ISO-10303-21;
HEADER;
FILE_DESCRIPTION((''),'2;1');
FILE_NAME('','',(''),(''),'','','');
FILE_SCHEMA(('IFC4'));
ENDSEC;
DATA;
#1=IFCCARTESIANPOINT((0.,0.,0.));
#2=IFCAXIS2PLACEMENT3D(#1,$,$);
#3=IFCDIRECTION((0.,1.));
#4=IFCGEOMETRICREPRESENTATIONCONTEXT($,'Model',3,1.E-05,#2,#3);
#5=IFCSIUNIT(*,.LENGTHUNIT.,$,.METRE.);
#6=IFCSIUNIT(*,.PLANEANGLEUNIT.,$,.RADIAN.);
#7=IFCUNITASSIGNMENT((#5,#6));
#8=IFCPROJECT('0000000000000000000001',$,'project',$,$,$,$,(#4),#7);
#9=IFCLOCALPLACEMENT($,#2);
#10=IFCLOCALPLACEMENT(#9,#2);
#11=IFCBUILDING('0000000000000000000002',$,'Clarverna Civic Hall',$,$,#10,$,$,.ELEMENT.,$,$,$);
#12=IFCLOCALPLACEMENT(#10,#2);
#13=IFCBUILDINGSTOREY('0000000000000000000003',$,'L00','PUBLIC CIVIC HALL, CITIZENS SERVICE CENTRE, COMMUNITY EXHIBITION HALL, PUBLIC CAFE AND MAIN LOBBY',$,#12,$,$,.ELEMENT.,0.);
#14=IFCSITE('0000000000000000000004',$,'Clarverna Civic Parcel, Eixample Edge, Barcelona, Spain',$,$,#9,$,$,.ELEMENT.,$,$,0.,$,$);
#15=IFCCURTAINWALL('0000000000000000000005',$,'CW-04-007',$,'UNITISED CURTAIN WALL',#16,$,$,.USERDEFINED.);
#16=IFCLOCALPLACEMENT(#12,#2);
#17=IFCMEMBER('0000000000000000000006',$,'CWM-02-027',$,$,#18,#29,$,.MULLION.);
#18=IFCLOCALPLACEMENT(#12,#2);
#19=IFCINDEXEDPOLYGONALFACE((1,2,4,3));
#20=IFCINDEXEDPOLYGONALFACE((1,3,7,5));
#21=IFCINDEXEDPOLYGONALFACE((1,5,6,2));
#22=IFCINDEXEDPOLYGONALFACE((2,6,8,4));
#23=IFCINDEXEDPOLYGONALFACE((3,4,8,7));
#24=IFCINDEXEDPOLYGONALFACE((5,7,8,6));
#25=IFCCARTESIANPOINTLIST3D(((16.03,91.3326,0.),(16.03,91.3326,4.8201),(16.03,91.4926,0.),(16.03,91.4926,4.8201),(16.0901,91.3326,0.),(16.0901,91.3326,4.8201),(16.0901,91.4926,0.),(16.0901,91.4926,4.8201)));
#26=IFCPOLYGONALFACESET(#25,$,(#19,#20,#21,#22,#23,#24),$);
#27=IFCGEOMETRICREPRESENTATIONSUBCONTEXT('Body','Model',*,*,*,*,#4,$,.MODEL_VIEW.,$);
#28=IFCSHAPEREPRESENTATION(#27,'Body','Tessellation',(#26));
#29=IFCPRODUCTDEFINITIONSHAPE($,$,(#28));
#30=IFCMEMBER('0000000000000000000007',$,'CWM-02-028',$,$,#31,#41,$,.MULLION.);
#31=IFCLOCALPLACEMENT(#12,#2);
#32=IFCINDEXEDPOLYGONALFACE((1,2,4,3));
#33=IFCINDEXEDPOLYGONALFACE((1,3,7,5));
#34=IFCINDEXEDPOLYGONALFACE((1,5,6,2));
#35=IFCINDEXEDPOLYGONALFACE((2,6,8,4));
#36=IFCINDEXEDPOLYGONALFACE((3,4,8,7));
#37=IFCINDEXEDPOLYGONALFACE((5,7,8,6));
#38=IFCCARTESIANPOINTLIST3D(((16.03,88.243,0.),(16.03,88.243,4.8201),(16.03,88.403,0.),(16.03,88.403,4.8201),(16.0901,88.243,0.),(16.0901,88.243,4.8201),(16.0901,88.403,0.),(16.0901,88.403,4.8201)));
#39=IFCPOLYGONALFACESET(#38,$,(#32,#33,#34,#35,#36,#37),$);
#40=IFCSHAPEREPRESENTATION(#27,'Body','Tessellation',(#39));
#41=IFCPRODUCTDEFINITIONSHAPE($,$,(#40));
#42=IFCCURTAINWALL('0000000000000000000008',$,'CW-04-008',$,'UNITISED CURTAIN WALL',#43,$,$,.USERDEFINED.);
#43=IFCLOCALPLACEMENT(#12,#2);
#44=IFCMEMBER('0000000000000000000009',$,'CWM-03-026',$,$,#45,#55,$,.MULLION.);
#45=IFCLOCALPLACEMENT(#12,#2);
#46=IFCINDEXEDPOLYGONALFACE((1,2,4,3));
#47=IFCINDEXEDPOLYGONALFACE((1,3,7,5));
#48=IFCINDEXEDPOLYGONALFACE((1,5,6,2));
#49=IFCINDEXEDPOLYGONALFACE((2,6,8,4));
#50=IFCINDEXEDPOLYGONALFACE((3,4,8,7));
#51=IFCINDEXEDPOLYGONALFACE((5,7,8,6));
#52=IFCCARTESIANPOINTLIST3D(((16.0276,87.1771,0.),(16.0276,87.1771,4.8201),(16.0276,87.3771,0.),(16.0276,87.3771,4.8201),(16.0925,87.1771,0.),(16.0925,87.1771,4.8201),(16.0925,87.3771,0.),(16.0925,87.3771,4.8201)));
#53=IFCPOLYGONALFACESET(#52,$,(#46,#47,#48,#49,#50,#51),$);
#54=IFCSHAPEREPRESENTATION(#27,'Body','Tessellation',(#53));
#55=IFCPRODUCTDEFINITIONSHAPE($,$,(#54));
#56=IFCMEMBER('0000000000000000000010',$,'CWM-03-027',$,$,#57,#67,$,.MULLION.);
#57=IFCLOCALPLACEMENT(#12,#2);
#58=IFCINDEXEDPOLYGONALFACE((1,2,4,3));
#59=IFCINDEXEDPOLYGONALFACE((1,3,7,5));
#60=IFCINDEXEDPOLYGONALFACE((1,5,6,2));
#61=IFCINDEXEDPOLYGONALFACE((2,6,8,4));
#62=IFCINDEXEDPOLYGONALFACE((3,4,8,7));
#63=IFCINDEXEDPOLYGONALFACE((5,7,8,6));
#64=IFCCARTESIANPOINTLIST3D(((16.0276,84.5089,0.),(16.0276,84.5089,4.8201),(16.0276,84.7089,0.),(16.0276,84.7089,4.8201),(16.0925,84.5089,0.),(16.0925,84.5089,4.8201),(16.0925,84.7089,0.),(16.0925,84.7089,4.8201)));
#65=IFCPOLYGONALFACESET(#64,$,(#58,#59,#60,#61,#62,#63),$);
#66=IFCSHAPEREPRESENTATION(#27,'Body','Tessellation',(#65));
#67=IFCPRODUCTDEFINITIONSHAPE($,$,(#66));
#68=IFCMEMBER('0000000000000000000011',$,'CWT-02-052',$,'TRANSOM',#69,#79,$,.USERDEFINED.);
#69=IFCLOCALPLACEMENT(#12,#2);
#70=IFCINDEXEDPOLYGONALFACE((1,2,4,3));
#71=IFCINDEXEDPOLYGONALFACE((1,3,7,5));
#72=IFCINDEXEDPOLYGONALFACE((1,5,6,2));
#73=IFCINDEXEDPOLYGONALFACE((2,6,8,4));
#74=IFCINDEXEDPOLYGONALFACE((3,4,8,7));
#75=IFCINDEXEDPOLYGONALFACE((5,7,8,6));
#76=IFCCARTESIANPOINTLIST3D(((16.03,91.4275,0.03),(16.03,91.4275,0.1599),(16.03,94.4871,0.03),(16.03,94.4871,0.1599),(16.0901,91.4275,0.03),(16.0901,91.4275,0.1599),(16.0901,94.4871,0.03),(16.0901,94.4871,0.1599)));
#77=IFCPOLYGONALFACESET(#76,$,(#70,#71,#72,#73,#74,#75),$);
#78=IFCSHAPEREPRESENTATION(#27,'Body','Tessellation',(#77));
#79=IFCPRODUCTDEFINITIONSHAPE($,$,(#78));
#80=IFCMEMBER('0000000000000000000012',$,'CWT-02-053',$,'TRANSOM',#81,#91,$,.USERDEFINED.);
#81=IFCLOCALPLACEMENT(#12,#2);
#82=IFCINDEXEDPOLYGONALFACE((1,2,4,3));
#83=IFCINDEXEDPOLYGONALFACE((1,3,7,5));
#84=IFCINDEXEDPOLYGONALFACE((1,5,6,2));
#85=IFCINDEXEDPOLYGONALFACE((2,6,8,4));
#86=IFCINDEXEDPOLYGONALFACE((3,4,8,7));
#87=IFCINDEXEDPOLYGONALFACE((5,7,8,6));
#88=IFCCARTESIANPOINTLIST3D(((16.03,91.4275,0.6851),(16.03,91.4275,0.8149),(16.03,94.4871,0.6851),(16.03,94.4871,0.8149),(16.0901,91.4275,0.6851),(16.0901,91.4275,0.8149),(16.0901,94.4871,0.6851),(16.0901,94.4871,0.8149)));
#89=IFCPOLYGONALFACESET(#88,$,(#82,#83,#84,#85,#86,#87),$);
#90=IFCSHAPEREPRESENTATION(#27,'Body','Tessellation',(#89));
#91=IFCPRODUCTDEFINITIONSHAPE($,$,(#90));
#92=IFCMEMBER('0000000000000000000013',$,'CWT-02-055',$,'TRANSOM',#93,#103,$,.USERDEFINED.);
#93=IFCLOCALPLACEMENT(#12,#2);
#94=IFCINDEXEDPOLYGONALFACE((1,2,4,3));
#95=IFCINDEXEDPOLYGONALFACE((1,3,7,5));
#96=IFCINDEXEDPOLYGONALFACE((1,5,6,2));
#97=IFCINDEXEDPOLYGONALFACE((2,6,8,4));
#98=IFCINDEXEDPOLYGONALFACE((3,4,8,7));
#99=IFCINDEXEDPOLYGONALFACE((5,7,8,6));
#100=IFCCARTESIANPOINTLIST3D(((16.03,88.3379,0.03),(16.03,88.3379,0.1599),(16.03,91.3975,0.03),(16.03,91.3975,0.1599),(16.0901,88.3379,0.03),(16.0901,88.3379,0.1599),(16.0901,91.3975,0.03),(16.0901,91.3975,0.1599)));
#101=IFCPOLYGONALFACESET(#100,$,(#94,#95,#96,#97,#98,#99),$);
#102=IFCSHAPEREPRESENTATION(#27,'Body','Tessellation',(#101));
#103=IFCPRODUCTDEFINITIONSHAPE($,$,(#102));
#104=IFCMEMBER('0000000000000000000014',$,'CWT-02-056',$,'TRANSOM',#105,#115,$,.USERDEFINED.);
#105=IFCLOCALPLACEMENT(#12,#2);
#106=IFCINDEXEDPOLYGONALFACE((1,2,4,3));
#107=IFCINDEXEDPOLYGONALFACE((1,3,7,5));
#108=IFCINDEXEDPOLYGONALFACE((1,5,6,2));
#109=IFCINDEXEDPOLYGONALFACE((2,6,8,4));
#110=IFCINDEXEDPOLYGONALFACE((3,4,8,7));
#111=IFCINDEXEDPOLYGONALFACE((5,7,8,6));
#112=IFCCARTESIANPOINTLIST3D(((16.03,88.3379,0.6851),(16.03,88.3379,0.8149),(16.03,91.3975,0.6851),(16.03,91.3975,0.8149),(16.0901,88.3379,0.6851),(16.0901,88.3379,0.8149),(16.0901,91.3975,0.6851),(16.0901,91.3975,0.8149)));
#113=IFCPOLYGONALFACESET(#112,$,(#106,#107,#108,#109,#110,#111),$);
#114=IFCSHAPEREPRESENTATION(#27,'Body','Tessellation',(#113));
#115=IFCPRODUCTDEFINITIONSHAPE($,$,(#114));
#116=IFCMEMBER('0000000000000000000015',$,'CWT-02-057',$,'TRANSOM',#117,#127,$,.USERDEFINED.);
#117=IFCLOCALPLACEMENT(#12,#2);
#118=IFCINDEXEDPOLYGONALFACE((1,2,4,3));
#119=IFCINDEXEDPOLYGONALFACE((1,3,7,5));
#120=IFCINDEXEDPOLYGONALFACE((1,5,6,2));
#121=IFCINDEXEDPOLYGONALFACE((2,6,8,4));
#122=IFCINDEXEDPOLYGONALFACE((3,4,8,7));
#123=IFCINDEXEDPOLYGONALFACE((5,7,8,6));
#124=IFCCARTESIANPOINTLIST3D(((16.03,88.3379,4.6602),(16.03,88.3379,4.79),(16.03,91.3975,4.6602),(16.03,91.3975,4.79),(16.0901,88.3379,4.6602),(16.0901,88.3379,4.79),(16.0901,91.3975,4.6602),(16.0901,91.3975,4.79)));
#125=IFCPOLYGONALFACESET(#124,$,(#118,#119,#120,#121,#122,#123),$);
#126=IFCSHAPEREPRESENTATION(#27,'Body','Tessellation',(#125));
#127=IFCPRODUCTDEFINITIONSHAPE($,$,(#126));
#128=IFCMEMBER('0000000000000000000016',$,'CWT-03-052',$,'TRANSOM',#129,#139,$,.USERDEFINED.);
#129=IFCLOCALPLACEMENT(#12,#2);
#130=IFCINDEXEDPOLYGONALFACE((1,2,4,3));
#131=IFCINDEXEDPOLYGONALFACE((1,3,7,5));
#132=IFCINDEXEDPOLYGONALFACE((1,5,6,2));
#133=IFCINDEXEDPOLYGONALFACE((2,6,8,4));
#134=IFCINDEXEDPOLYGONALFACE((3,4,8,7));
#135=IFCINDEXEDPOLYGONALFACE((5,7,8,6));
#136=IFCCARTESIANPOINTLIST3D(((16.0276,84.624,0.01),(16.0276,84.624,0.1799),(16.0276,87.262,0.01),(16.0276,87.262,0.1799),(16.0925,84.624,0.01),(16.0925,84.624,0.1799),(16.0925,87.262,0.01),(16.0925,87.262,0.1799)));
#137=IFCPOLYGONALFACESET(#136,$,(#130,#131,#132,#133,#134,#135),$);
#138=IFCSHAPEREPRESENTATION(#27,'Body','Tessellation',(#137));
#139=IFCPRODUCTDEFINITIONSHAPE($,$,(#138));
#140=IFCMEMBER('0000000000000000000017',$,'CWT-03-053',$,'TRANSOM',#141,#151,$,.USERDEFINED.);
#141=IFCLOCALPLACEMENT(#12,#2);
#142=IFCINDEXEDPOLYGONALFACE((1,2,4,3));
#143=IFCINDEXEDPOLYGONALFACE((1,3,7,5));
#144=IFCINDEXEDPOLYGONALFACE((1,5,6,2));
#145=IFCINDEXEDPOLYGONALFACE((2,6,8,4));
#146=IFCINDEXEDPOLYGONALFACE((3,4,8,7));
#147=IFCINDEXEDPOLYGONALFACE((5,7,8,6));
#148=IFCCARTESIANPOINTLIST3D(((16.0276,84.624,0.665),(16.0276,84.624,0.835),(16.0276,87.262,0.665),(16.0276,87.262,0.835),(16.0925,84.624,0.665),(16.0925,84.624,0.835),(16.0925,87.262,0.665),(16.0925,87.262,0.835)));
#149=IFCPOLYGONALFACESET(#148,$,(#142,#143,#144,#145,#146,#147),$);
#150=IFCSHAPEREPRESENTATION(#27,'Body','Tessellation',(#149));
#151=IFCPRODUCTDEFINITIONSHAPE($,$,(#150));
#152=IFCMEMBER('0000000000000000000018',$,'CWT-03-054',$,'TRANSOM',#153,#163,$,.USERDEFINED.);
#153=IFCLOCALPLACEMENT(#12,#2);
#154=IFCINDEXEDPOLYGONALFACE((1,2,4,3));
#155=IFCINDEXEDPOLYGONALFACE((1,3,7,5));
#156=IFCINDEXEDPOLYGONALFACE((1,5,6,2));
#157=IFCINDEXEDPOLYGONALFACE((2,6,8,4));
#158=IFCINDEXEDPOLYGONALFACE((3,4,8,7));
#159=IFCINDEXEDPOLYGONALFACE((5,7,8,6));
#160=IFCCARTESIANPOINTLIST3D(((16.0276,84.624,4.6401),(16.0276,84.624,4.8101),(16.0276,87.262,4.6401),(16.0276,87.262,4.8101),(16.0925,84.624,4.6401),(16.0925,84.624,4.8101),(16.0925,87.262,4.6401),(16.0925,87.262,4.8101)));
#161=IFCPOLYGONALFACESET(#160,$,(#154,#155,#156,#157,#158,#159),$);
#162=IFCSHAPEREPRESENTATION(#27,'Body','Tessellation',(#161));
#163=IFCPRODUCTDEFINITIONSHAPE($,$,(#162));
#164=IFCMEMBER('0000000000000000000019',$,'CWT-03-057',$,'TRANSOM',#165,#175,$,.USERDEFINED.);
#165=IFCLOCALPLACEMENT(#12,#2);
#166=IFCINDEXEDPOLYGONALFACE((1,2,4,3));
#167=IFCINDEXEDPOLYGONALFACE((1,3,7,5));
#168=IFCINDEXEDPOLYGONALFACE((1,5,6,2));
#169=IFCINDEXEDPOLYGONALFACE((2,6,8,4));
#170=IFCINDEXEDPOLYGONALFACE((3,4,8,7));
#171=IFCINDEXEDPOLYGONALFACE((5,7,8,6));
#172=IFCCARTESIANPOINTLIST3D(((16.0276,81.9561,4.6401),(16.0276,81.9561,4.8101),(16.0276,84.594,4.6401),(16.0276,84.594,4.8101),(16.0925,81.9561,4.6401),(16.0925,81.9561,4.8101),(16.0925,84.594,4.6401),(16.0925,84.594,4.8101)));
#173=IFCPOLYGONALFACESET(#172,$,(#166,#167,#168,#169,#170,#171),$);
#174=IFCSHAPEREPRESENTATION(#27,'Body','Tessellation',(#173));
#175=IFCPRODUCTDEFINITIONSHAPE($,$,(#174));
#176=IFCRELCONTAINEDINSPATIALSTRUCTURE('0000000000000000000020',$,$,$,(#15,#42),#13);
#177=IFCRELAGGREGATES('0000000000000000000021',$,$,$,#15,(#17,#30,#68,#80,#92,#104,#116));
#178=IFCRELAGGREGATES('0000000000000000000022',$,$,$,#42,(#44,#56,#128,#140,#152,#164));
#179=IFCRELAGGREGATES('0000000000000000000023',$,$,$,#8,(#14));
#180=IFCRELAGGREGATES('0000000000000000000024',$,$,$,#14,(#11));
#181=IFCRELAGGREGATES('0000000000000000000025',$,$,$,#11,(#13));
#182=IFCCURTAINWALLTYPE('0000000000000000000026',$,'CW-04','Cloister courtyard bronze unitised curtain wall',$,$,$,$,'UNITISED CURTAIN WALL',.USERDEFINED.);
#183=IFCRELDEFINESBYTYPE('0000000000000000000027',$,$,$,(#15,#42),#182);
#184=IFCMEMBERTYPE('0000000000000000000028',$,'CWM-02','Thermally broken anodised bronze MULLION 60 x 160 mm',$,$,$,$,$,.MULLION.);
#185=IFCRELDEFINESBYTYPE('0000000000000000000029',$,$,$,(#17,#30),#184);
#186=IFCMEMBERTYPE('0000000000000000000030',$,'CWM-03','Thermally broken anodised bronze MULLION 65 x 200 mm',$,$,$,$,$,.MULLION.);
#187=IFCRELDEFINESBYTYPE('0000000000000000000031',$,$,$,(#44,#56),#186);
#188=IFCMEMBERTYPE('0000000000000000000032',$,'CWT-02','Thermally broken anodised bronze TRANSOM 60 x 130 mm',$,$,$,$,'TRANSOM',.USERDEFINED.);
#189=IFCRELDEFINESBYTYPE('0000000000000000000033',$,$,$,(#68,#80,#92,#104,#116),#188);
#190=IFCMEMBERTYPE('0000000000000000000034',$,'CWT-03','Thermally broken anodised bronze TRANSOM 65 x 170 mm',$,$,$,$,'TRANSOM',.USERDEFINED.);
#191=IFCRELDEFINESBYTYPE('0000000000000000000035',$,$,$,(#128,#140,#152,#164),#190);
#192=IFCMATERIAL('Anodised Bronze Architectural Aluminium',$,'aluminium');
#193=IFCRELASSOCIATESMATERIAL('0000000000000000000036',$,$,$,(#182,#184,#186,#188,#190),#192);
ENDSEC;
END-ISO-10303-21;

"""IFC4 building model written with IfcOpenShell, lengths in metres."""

from ifc_helpers import new_model, si_unit, direction, frame, origin, origin_2d, place, context, subcontext, project, spatial, rectangle, extrude, material, material_profile, profile_set, type_object, element, aggregate, save


model = new_model("IFC4")

# Units and contexts
model_context = context("Model", 3, precision=1e-05, world=origin(), true_north=direction((0.0, 1.0)))
body_context = subcontext(model_context, "Body", "Model", "MODEL_VIEW")
ifc_project = project(units=[si_unit("LENGTHUNIT", "METRE"), si_unit("PLANEANGLEUNIT", "RADIAN")], contexts=[model_context])

# Site, building, storey
site_placement = place(None, origin())
site = spatial("IfcSite", under=ifc_project, at=site_placement, Name="Clarverna Civic Parcel, Eixample Edge, Barcelona, Spain", CompositionType="ELEMENT", RefElevation=0.0)
building_placement = place(site_placement, origin())
building = spatial("IfcBuilding", under=site, at=building_placement, Name="Clarverna Civic Hall", CompositionType="ELEMENT")
storey_placement = place(building_placement, origin())
storey = spatial("IfcBuildingStorey", under=building, at=storey_placement, Name="L00", Description="PUBLIC CIVIC HALL, CITIZENS SERVICE CENTRE, COMMUNITY EXHIBITION HALL, PUBLIC CAFE AND MAIN LOBBY", CompositionType="ELEMENT", Elevation=0.0)

# Curtain walls, members
ifc_material_1 = material(Name="Anodised Bronze Architectural Aluminium", Category="aluminium")
curtain_wall_type = type_object("IfcCurtainWallType", Name="CW-04", Description="Cloister courtyard bronze unitised curtain wall", ElementType="UNITISED CURTAIN WALL", PredefinedType="USERDEFINED", material=ifc_material_1)
curtain_wall_1_placement = place(storey_placement, origin())
curtain_wall_1 = element("IfcCurtainWall", 1, at=curtain_wall_1_placement, inside=storey, type_object=curtain_wall_type, Name="CW-04-007", ObjectType="UNITISED CURTAIN WALL", PredefinedType="USERDEFINED")
ifc_material_profile_1 = material_profile(ifc_material_1, rectangle(XDim=0.0601, YDim=0.1599, at=origin_2d()), Name="BRONZE 60x160")
ifc_profile_set_1 = profile_set([ifc_material_profile_1], Name="Anodised Bronze Architectural Aluminium")
member_type_1 = type_object("IfcMemberType", Name="CWM-02", Description="Thermally broken anodised bronze MULLION 60 x 160 mm", PredefinedType="MULLION", material=ifc_profile_set_1)
member_1_placement = place(storey_placement, frame((16.0601, 91.4126, 0.0), z_axis=(0.0, 0.0, 1.0), x_axis=(1.0, 0.0, 0.0)))
member_1 = element("IfcMember", 2, at=member_1_placement, type_object=member_type_1, Name="CWM-02-027", PredefinedType="MULLION", context=body_context, shape_type="SweptSolid", body=[
    extrude(rectangle(XDim=0.0601, YDim=0.1599, at=origin_2d()), origin(), (0.0, 0.0, 1.0), 4.8201),
])
member_2_placement = place(storey_placement, frame((16.0601, 88.323, 0.0), z_axis=(0.0, 0.0, 1.0), x_axis=(1.0, 0.0, 0.0)))
member_2 = element("IfcMember", 3, at=member_2_placement, type_object=member_type_1, Name="CWM-02-028", PredefinedType="MULLION", context=body_context, shape_type="SweptSolid", body=[
    extrude(rectangle(XDim=0.0601, YDim=0.1599, at=origin_2d()), origin(), (0.0, 0.0, 1.0), 4.8201),
])
curtain_wall_2_placement = place(storey_placement, origin())
curtain_wall_2 = element("IfcCurtainWall", 4, at=curtain_wall_2_placement, inside=storey, type_object=curtain_wall_type, Name="CW-04-008", ObjectType="UNITISED CURTAIN WALL", PredefinedType="USERDEFINED")
ifc_material_profile_2 = material_profile(ifc_material_1, rectangle(XDim=0.0649, YDim=0.2, at=origin_2d()), Name="BRONZE 65x200")
ifc_profile_set_2 = profile_set([ifc_material_profile_2], Name="Anodised Bronze Architectural Aluminium")
member_type_2 = type_object("IfcMemberType", Name="CWM-03", Description="Thermally broken anodised bronze MULLION 65 x 200 mm", PredefinedType="MULLION", material=ifc_profile_set_2)
member_3_placement = place(storey_placement, frame((16.0601, 87.2771, 0.0), z_axis=(0.0, 0.0, 1.0), x_axis=(1.0, 0.0, 0.0)))
member_3 = element("IfcMember", 5, at=member_3_placement, type_object=member_type_2, Name="CWM-03-026", PredefinedType="MULLION", context=body_context, shape_type="SweptSolid", body=[
    extrude(rectangle(XDim=0.0649, YDim=0.2, at=origin_2d()), origin(), (0.0, 0.0, 1.0), 4.8201),
])
member_4_placement = place(storey_placement, frame((16.0601, 84.6089, 0.0), z_axis=(0.0, 0.0, 1.0), x_axis=(1.0, 0.0, 0.0)))
member_4 = element("IfcMember", 6, at=member_4_placement, type_object=member_type_2, Name="CWM-03-027", PredefinedType="MULLION", context=body_context, shape_type="SweptSolid", body=[
    extrude(rectangle(XDim=0.0649, YDim=0.2, at=origin_2d()), origin(), (0.0, 0.0, 1.0), 4.8201),
])

# Members
ifc_material_profile_3 = material_profile(ifc_material_1, rectangle(XDim=0.0601, YDim=0.1299, at=origin_2d()), Name="BRONZE 60x130")
ifc_profile_set_3 = profile_set([ifc_material_profile_3], Name="Anodised Bronze Architectural Aluminium")
member_type_3 = type_object("IfcMemberType", Name="CWT-02", Description="Thermally broken anodised bronze TRANSOM 60 x 130 mm", ElementType="TRANSOM", PredefinedType="USERDEFINED", material=ifc_profile_set_3)
member_5_placement = place(storey_placement, frame((16.0601, 94.4871, 0.095), z_axis=(0.0, -1.0, 0.0), x_axis=(1.0, 0.0, 0.0)))
member_5 = element("IfcMember", 7, at=member_5_placement, type_object=member_type_3, Name="CWT-02-052", ObjectType="TRANSOM", PredefinedType="USERDEFINED", context=body_context, shape_type="SweptSolid", body=[
    extrude(rectangle(XDim=0.0601, YDim=0.1299, at=origin_2d()), origin(), (0.0, 0.0, 1.0), 3.0596),
])
member_6_placement = place(storey_placement, frame((16.0601, 94.4871, 0.75), z_axis=(0.0, -1.0, 0.0), x_axis=(1.0, 0.0, 0.0)))
member_6 = element("IfcMember", 8, at=member_6_placement, type_object=member_type_3, Name="CWT-02-053", ObjectType="TRANSOM", PredefinedType="USERDEFINED", context=body_context, shape_type="SweptSolid", body=[
    extrude(rectangle(XDim=0.0601, YDim=0.1299, at=origin_2d()), origin(), (0.0, 0.0, 1.0), 3.0596),
])
member_7_placement = place(storey_placement, frame((16.0601, 91.3975, 0.095), z_axis=(0.0, -1.0, 0.0), x_axis=(1.0, 0.0, 0.0)))
member_7 = element("IfcMember", 9, at=member_7_placement, type_object=member_type_3, Name="CWT-02-055", ObjectType="TRANSOM", PredefinedType="USERDEFINED", context=body_context, shape_type="SweptSolid", body=[
    extrude(rectangle(XDim=0.0601, YDim=0.1299, at=origin_2d()), origin(), (0.0, 0.0, 1.0), 3.0596),
])
member_8_placement = place(storey_placement, frame((16.0601, 91.3975, 0.75), z_axis=(0.0, -1.0, 0.0), x_axis=(1.0, 0.0, 0.0)))
member_8 = element("IfcMember", 10, at=member_8_placement, type_object=member_type_3, Name="CWT-02-056", ObjectType="TRANSOM", PredefinedType="USERDEFINED", context=body_context, shape_type="SweptSolid", body=[
    extrude(rectangle(XDim=0.0601, YDim=0.1299, at=origin_2d()), origin(), (0.0, 0.0, 1.0), 3.0596),
])
member_9_placement = place(storey_placement, frame((16.0601, 91.3975, 4.7251), z_axis=(0.0, -1.0, 0.0), x_axis=(1.0, 0.0, 0.0)))
member_9 = element("IfcMember", 11, at=member_9_placement, type_object=member_type_3, Name="CWT-02-057", ObjectType="TRANSOM", PredefinedType="USERDEFINED", context=body_context, shape_type="SweptSolid", body=[
    extrude(rectangle(XDim=0.0601, YDim=0.1299, at=origin_2d()), origin(), (0.0, 0.0, 1.0), 3.0596),
])
ifc_material_profile_4 = material_profile(ifc_material_1, rectangle(XDim=0.0649, YDim=0.1699, at=origin_2d()), Name="BRONZE 65x170")
ifc_profile_set_4 = profile_set([ifc_material_profile_4], Name="Anodised Bronze Architectural Aluminium")
member_type_4 = type_object("IfcMemberType", Name="CWT-03", Description="Thermally broken anodised bronze TRANSOM 65 x 170 mm", ElementType="TRANSOM", PredefinedType="USERDEFINED", material=ifc_profile_set_4)
member_10_placement = place(storey_placement, frame((16.0601, 87.262, 0.095), z_axis=(0.0, -1.0, 0.0), x_axis=(1.0, 0.0, 0.0)))
member_10 = element("IfcMember", 12, at=member_10_placement, type_object=member_type_4, Name="CWT-03-052", ObjectType="TRANSOM", PredefinedType="USERDEFINED", context=body_context, shape_type="SweptSolid", body=[
    extrude(rectangle(XDim=0.0649, YDim=0.1699, at=origin_2d()), origin(), (0.0, 0.0, 1.0), 2.6379),
])
member_11_placement = place(storey_placement, frame((16.0601, 87.262, 0.75), z_axis=(0.0, -1.0, 0.0), x_axis=(1.0, 0.0, 0.0)))
member_11 = element("IfcMember", 13, at=member_11_placement, type_object=member_type_4, Name="CWT-03-053", ObjectType="TRANSOM", PredefinedType="USERDEFINED", context=body_context, shape_type="SweptSolid", body=[
    extrude(rectangle(XDim=0.0649, YDim=0.1699, at=origin_2d()), origin(), (0.0, 0.0, 1.0), 2.6379),
])
member_12_placement = place(storey_placement, frame((16.0601, 87.262, 4.7251), z_axis=(0.0, -1.0, 0.0), x_axis=(1.0, 0.0, 0.0)))
member_12 = element("IfcMember", 14, at=member_12_placement, type_object=member_type_4, Name="CWT-03-054", ObjectType="TRANSOM", PredefinedType="USERDEFINED", context=body_context, shape_type="SweptSolid", body=[
    extrude(rectangle(XDim=0.0649, YDim=0.1699, at=origin_2d()), origin(), (0.0, 0.0, 1.0), 2.6379),
])
member_13_placement = place(storey_placement, frame((16.0601, 84.594, 4.7251), z_axis=(0.0, -1.0, 0.0), x_axis=(1.0, 0.0, 0.0)))
member_13 = element("IfcMember", 15, at=member_13_placement, type_object=member_type_4, Name="CWT-03-057", ObjectType="TRANSOM", PredefinedType="USERDEFINED", context=body_context, shape_type="SweptSolid", body=[
    extrude(rectangle(XDim=0.0649, YDim=0.1699, at=origin_2d()), origin(), (0.0, 0.0, 1.0), 2.6379),
])

aggregate(curtain_wall_1, [member_1, member_2, member_5, member_6, member_7, member_8, member_9])
aggregate(curtain_wall_2, [member_3, member_4, member_10, member_11, member_12, member_13])

save(model, "model.ifc")
